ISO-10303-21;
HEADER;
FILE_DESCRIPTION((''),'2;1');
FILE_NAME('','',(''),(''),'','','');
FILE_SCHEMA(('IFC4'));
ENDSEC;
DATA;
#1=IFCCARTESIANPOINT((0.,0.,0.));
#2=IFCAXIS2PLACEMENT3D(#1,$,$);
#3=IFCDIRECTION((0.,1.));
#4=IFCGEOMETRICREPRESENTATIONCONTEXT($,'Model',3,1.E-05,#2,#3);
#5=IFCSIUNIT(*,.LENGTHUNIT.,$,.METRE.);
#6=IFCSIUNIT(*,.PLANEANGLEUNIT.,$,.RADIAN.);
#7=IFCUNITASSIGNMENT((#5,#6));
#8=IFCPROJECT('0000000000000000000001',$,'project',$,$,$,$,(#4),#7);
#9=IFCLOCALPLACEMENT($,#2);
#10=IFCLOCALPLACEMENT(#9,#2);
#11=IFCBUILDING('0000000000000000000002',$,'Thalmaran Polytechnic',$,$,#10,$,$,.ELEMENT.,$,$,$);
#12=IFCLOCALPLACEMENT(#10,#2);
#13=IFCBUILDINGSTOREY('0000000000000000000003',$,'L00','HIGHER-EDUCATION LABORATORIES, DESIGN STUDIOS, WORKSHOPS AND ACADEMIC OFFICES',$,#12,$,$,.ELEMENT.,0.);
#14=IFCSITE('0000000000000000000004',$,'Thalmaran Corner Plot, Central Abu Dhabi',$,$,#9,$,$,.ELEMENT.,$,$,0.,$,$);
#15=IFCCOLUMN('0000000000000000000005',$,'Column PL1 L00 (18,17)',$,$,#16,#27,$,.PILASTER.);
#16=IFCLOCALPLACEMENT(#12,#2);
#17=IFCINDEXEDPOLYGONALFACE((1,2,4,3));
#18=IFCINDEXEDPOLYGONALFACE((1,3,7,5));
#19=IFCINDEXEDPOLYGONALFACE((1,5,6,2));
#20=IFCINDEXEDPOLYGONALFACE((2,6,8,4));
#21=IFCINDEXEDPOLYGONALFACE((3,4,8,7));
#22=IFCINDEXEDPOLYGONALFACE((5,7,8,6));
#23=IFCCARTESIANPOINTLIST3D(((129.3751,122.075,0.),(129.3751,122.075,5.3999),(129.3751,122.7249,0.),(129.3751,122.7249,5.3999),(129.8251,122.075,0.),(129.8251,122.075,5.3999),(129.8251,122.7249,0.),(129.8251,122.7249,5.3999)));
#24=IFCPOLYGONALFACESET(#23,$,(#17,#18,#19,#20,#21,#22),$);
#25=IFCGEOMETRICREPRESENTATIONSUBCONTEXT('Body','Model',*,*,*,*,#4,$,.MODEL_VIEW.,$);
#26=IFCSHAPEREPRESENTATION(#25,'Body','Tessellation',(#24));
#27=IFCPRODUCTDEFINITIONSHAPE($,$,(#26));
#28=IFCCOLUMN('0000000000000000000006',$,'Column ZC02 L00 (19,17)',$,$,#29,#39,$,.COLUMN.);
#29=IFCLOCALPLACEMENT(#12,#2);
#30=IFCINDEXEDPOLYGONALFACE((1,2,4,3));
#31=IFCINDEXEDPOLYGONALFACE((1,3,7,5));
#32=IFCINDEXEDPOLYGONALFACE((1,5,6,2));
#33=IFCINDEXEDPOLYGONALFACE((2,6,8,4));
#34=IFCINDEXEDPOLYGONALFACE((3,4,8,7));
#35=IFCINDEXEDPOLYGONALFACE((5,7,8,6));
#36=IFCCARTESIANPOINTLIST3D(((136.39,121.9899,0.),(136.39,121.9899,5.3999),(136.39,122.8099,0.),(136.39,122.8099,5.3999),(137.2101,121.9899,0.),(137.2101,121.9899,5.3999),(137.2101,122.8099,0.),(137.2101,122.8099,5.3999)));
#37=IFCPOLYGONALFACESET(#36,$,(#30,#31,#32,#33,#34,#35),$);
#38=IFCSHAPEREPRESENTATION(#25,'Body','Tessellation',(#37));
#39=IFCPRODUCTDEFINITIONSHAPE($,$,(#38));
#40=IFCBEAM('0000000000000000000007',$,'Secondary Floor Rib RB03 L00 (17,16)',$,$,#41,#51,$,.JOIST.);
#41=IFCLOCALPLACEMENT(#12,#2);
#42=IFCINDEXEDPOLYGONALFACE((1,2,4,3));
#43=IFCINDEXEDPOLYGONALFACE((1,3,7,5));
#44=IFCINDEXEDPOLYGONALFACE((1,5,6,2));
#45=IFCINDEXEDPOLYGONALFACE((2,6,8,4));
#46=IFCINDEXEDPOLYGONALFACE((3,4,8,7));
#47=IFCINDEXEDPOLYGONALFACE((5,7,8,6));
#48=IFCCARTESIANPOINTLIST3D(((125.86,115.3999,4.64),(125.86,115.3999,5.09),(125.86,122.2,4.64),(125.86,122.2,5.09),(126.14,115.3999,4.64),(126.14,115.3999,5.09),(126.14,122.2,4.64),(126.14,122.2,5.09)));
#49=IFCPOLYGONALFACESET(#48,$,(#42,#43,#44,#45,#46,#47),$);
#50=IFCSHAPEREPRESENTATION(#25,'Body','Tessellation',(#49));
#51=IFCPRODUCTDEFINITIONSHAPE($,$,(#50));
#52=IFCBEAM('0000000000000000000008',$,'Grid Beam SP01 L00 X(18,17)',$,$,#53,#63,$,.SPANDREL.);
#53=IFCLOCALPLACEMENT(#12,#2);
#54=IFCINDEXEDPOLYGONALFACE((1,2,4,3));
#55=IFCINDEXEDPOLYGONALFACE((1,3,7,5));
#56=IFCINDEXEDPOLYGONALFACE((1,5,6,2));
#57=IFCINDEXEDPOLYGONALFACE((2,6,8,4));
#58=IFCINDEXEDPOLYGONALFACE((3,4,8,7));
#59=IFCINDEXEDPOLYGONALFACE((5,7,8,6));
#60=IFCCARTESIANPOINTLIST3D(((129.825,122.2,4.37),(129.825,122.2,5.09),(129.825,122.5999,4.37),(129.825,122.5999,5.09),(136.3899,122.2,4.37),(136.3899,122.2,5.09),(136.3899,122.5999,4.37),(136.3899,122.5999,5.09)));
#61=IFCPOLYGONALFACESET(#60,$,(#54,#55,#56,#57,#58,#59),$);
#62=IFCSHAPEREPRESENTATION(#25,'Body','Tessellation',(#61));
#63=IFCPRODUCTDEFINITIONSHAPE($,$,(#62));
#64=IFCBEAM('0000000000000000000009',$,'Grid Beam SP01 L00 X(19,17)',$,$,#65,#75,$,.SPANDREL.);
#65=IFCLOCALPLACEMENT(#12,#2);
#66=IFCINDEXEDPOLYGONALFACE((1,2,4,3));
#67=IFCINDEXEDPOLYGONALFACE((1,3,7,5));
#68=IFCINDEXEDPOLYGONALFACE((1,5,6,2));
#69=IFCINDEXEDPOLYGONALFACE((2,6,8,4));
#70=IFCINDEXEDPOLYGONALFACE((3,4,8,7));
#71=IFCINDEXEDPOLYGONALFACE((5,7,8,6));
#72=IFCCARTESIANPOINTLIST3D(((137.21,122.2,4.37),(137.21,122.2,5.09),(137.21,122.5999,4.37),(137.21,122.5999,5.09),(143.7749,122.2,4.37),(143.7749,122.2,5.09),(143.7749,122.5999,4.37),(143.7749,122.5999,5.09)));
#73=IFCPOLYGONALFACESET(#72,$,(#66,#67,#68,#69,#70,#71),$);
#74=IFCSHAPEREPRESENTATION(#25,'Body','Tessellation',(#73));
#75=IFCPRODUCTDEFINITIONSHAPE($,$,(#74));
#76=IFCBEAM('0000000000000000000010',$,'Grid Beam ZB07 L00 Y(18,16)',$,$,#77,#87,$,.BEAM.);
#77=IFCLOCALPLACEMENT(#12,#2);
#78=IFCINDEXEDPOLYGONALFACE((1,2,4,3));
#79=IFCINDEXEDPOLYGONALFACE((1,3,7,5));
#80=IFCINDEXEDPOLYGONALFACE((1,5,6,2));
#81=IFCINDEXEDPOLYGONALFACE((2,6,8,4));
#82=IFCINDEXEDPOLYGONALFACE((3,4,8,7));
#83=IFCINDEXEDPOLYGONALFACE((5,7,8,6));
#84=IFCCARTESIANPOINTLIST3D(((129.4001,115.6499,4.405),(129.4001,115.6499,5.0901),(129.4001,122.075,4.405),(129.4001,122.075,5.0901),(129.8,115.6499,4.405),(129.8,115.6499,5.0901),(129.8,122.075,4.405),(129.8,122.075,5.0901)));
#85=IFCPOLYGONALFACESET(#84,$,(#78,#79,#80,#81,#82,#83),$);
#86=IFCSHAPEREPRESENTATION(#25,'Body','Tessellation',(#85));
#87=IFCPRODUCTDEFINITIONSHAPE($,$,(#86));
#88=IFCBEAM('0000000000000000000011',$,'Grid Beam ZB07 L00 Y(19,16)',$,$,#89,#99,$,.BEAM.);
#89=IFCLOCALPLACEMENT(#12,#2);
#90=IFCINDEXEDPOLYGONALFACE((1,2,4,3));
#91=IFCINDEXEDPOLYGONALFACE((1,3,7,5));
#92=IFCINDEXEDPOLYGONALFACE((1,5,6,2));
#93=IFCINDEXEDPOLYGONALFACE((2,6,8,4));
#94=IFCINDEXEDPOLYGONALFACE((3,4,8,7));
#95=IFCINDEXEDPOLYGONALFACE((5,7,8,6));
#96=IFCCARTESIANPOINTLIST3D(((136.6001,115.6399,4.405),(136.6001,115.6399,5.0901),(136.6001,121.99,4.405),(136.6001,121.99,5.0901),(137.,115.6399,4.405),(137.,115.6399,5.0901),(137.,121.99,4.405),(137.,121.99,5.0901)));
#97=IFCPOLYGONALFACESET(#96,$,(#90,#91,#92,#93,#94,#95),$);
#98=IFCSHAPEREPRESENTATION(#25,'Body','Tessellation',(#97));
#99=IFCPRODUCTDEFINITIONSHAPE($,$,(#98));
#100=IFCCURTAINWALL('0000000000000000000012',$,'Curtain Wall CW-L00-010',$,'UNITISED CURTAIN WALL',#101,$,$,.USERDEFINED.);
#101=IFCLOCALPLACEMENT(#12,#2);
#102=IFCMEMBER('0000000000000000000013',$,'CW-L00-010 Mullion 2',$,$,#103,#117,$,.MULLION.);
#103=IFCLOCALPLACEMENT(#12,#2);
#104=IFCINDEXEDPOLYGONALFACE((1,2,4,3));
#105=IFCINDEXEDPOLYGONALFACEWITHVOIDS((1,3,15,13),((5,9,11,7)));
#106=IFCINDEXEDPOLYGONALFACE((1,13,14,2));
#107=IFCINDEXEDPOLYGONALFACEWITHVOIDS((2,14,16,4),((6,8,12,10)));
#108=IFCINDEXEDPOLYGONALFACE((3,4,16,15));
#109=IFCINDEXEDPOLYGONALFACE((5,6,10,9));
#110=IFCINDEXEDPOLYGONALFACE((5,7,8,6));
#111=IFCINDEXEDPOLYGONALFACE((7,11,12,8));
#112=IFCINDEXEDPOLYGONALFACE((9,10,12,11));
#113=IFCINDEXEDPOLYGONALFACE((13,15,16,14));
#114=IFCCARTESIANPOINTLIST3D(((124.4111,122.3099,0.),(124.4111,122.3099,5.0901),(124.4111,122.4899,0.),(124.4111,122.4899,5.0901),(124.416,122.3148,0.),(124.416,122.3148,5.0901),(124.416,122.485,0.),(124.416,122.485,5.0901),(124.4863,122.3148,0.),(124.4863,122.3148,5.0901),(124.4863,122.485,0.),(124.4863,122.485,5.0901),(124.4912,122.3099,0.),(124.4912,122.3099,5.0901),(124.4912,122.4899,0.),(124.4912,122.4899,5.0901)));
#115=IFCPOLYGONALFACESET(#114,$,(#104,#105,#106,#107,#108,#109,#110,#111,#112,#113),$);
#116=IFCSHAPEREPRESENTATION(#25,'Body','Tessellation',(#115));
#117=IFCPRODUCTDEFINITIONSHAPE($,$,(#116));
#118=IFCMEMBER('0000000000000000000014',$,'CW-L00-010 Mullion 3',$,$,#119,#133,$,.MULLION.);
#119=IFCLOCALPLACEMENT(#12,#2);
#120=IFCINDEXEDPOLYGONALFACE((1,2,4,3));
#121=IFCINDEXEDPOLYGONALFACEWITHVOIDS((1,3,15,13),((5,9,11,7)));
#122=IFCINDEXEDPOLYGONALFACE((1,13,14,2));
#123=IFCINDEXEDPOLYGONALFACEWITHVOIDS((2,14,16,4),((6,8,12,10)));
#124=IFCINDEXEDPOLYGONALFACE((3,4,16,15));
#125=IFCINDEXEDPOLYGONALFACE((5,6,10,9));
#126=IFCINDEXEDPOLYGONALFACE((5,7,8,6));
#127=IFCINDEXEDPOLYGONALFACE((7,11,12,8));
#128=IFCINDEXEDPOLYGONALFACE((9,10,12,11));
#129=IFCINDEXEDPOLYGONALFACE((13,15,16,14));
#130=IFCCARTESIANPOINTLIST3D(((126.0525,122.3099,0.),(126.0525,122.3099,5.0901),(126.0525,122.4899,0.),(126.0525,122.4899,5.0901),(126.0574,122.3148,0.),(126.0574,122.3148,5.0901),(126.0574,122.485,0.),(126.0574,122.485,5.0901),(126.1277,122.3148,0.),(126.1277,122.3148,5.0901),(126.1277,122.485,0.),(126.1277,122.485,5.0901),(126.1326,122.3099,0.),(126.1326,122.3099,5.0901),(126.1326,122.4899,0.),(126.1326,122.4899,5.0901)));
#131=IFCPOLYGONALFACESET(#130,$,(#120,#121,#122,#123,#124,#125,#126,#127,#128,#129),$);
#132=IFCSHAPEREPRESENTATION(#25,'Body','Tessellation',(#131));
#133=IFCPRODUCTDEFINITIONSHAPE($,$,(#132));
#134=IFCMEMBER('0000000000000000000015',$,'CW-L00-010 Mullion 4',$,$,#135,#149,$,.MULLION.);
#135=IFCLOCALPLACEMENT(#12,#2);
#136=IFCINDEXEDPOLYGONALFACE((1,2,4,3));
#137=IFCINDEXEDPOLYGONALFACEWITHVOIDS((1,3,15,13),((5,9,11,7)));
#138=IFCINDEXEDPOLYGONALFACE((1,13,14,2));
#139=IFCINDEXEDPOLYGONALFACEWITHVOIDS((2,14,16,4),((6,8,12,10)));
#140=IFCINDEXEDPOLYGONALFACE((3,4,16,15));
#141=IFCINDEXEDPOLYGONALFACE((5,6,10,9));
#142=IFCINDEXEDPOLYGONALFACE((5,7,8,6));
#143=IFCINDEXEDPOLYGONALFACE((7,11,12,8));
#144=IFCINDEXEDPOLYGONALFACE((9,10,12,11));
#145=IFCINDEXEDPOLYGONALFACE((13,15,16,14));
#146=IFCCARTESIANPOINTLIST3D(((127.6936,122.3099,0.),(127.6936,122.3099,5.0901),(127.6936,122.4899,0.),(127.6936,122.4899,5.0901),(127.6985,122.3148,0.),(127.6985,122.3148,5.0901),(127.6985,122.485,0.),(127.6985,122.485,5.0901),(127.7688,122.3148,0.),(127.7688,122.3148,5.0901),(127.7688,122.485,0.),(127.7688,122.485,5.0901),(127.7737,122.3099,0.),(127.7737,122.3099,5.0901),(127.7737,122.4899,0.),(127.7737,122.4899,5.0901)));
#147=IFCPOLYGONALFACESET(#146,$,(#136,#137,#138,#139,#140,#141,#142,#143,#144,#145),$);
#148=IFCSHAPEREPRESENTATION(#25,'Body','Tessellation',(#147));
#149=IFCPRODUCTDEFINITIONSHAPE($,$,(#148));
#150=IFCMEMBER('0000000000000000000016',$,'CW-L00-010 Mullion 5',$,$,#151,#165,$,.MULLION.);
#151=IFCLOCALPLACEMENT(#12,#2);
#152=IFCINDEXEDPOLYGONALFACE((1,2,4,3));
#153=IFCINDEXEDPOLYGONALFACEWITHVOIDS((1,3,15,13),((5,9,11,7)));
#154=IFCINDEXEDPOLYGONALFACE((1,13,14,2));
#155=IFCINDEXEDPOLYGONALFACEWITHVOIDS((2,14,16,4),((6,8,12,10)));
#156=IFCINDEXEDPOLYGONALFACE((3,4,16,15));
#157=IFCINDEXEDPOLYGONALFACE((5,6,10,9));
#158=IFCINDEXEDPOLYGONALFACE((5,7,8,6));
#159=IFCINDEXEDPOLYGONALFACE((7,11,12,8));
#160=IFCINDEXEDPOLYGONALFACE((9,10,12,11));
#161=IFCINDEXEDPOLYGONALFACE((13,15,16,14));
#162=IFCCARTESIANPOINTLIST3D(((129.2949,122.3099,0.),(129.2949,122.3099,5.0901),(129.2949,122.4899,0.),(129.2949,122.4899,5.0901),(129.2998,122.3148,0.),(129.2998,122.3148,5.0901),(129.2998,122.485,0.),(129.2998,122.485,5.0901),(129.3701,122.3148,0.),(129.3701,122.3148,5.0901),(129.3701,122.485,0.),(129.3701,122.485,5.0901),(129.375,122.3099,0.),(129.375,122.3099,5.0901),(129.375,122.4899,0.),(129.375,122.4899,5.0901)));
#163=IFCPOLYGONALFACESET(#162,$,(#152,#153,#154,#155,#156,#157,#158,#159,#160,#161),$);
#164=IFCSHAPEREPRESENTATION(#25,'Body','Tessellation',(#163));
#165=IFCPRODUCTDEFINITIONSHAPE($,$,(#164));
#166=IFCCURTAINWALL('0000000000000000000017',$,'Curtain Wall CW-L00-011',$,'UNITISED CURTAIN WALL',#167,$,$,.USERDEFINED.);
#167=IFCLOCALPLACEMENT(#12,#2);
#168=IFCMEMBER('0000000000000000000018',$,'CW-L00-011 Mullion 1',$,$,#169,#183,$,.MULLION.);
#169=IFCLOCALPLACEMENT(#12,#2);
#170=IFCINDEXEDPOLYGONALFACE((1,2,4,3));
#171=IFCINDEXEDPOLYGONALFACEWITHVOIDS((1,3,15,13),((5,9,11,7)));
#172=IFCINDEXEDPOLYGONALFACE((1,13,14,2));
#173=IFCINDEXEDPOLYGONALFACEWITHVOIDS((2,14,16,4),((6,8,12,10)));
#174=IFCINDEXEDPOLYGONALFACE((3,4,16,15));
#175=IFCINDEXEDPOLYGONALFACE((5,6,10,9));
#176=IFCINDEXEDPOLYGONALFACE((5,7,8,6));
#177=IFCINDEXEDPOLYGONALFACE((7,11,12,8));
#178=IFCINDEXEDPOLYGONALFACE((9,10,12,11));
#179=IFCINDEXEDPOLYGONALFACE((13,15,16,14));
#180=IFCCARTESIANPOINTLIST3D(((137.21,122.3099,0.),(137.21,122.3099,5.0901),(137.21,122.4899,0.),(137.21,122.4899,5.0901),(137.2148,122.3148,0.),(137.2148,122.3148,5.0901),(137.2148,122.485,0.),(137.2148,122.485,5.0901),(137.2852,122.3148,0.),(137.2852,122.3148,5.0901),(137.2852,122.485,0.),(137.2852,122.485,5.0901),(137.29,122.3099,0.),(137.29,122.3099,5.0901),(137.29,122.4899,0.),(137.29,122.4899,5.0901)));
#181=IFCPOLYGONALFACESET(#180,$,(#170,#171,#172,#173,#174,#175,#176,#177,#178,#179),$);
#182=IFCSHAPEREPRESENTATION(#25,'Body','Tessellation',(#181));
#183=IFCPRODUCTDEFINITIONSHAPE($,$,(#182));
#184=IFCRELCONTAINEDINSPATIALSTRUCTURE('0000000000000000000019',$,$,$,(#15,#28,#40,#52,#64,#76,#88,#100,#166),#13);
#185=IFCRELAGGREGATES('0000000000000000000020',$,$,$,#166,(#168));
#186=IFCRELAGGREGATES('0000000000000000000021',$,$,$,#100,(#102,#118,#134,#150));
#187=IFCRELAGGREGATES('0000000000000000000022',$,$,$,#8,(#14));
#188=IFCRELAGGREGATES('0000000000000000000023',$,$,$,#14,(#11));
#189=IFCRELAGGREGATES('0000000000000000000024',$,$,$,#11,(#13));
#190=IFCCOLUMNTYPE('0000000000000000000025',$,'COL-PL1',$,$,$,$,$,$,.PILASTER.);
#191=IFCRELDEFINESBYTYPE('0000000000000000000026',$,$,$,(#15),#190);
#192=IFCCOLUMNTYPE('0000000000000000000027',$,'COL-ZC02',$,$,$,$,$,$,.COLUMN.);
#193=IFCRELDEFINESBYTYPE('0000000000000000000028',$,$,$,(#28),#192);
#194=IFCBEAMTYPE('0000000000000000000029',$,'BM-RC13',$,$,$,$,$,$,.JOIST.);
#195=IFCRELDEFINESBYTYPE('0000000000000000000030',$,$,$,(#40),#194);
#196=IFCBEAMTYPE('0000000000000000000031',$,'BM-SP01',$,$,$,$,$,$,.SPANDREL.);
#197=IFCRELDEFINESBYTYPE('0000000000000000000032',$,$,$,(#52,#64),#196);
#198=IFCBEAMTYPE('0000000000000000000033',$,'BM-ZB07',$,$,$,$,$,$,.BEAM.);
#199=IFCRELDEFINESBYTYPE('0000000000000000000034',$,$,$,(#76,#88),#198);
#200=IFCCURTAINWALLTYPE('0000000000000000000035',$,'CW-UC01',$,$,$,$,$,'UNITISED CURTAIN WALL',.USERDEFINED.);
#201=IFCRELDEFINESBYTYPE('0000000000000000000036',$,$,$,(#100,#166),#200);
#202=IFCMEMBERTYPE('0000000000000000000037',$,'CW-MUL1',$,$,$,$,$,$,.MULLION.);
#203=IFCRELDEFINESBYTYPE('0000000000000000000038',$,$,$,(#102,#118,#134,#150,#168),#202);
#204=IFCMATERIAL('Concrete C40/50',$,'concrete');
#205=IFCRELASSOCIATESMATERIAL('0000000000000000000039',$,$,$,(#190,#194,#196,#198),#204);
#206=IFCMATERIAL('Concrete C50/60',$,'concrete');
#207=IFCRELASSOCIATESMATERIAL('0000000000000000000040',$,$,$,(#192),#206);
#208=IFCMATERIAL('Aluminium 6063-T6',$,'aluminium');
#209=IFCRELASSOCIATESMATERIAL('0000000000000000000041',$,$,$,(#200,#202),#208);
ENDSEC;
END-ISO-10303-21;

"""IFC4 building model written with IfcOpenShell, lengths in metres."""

from ifc_helpers import new_model, si_unit, direction, frame, origin, origin_2d, place, context, subcontext, project, spatial, rectangle, hollow_rectangle, extrude, material, material_profile, profile_set, type_object, element, aggregate, save


model = new_model("IFC4")

# Units and contexts
model_context = context("Model", 3, precision=1e-05, world=origin(), true_north=direction((0.0, 1.0)))
body_context = subcontext(model_context, "Body", "Model", "MODEL_VIEW")
ifc_project = project(units=[si_unit("LENGTHUNIT", "METRE"), si_unit("PLANEANGLEUNIT", "RADIAN")], contexts=[model_context])

# Site, building, storey
site_placement = place(None, origin())
site = spatial("IfcSite", under=ifc_project, at=site_placement, Name="Thalmaran Corner Plot, Central Abu Dhabi", CompositionType="ELEMENT", RefElevation=0.0)
building_placement = place(site_placement, origin())
building = spatial("IfcBuilding", under=site, at=building_placement, Name="Thalmaran Polytechnic", CompositionType="ELEMENT")
storey_placement = place(building_placement, origin())
storey = spatial("IfcBuildingStorey", under=building, at=storey_placement, Name="L00", Description="HIGHER-EDUCATION LABORATORIES, DESIGN STUDIOS, WORKSHOPS AND ACADEMIC OFFICES", CompositionType="ELEMENT", Elevation=0.0)

# Columns
ifc_material_1 = material(Name="Concrete C40/50", Category="concrete")
ifc_material_profile_1 = material_profile(ifc_material_1, rectangle(XDim=0.45, YDim=0.6499, at=origin_2d()), Name="RC 450x650")
ifc_profile_set_1 = profile_set([ifc_material_profile_1], Name="Concrete C40/50")
column_type_1 = type_object("IfcColumnType", Name="COL-PL1", PredefinedType="PILASTER", material=ifc_profile_set_1)
column_1_placement = place(storey_placement, frame((129.6001, 122.3999, 0.0), z_axis=(0.0, 0.0, 1.0), x_axis=(1.0, 0.0, 0.0)))
element("IfcColumn", 1, at=column_1_placement, inside=storey, type_object=column_type_1, Name="Column PL1 L00 (18,17)", PredefinedType="PILASTER", context=body_context, shape_type="SweptSolid", body=[
    extrude(rectangle(XDim=0.45, YDim=0.6499, at=origin_2d()), origin(), (0.0, 0.0, 1.0), 5.3999),
])
ifc_material_2 = material(Name="Concrete C50/60", Category="concrete")
ifc_material_profile_2 = material_profile(ifc_material_2, rectangle(XDim=0.8201, YDim=0.8201, at=origin_2d()), Name="RC 820x820")
ifc_profile_set_2 = profile_set([ifc_material_profile_2], Name="Concrete C50/60")
column_type_2 = type_object("IfcColumnType", Name="COL-ZC02", PredefinedType="COLUMN", material=ifc_profile_set_2)
column_2_placement = place(storey_placement, frame((136.8, 122.3999, 0.0), z_axis=(0.0, 0.0, 1.0), x_axis=(1.0, 0.0, 0.0)))
element("IfcColumn", 2, at=column_2_placement, inside=storey, type_object=column_type_2, Name="Column ZC02 L00 (19,17)", PredefinedType="COLUMN", context=body_context, shape_type="SweptSolid", body=[
    extrude(rectangle(XDim=0.8201, YDim=0.8201, at=origin_2d()), origin(), (0.0, 0.0, 1.0), 5.3999),
])

# Beams
ifc_material_profile_3 = material_profile(ifc_material_1, rectangle(XDim=0.28, YDim=0.45, at=origin_2d()), Name="RC 280x450")
ifc_profile_set_3 = profile_set([ifc_material_profile_3], Name="Concrete C40/50")
beam_type_1 = type_object("IfcBeamType", Name="BM-RC13", PredefinedType="JOIST", material=ifc_profile_set_3)
beam_1_placement = place(storey_placement, frame((126.0, 115.3999, 4.865), z_axis=(0.0, 1.0, 0.0), x_axis=(-1.0, 0.0, 0.0)))
element("IfcBeam", 3, at=beam_1_placement, inside=storey, type_object=beam_type_1, Name="Secondary Floor Rib RB03 L00 (17,16)", PredefinedType="JOIST", context=body_context, shape_type="SweptSolid", body=[
    extrude(rectangle(XDim=0.28, YDim=0.45, at=origin_2d()), origin(), (0.0, 0.0, 1.0), 6.8),
])
ifc_material_profile_4 = material_profile(ifc_material_1, rectangle(XDim=0.3999, YDim=0.72, at=origin_2d()), Name="RC 400x720")
ifc_profile_set_4 = profile_set([ifc_material_profile_4], Name="Concrete C40/50")
beam_type_2 = type_object("IfcBeamType", Name="BM-SP01", PredefinedType="SPANDREL", material=ifc_profile_set_4)
for number, where, z_axis, x_axis, name in (
    (4, (129.825, 122.3999, 4.73), (1.0, 0.0, 0.0), (0.0, 1.0, 0.0), "Grid Beam SP01 L00 X(18,17)"),
    (5, (137.21, 122.3999, 4.73), (1.0, 0.0, 0.0), (0.0, 1.0, 0.0), "Grid Beam SP01 L00 X(19,17)"),
):
    element("IfcBeam", number, at=place(storey_placement, frame(where, z_axis=z_axis, x_axis=x_axis)), inside=storey, type_object=beam_type_2, Name=name, PredefinedType="SPANDREL", context=body_context, shape_type="SweptSolid", body=[
        extrude(rectangle(XDim=0.3999, YDim=0.72, at=origin_2d()), origin(), (0.0, 0.0, 1.0), 6.5649),
    ])
ifc_material_profile_5 = material_profile(ifc_material_1, rectangle(XDim=0.3999, YDim=0.6851, at=origin_2d()), Name="RC 400x685")
ifc_profile_set_5 = profile_set([ifc_material_profile_5], Name="Concrete C40/50")
beam_type_3 = type_object("IfcBeamType", Name="BM-ZB07", PredefinedType="BEAM", material=ifc_profile_set_5)
beam_2_placement = place(storey_placement, frame((129.6001, 115.6499, 4.7476), z_axis=(0.0, 1.0, 0.0), x_axis=(-1.0, 0.0, 0.0)))
element("IfcBeam", 6, at=beam_2_placement, inside=storey, type_object=beam_type_3, Name="Grid Beam ZB07 L00 Y(18,16)", PredefinedType="BEAM", context=body_context, shape_type="SweptSolid", body=[
    extrude(rectangle(XDim=0.3999, YDim=0.6851, at=origin_2d()), origin(), (0.0, 0.0, 1.0), 6.425),
])
beam_3_placement = place(storey_placement, frame((136.8, 115.6399, 4.7476), z_axis=(0.0, 1.0, 0.0), x_axis=(-1.0, 0.0, 0.0)))
element("IfcBeam", 7, at=beam_3_placement, inside=storey, type_object=beam_type_3, Name="Grid Beam ZB07 L00 Y(19,16)", PredefinedType="BEAM", context=body_context, shape_type="SweptSolid", body=[
    extrude(rectangle(XDim=0.3999, YDim=0.6851, at=origin_2d()), origin(), (0.0, 0.0, 1.0), 6.3501),
])

# Curtain walls, members
ifc_material_3 = material(Name="Aluminium 6063-T6", Category="aluminium")
curtain_wall_type = type_object("IfcCurtainWallType", Name="CW-UC01", ElementType="UNITISED CURTAIN WALL", PredefinedType="USERDEFINED", material=ifc_material_3)
curtain_wall_1_placement = place(storey_placement, origin())
curtain_wall_1 = element("IfcCurtainWall", 8, at=curtain_wall_1_placement, inside=storey, type_object=curtain_wall_type, Name="Curtain Wall CW-L00-010", ObjectType="UNITISED CURTAIN WALL", PredefinedType="USERDEFINED")
ifc_material_profile_6 = material_profile(ifc_material_3, hollow_rectangle(XDim=0.0801, YDim=0.1799, WallThickness=0.0049, at=origin_2d()), Name="RHS 180x80x5.0")
ifc_profile_set_6 = profile_set([ifc_material_profile_6], Name="Aluminium 6063-T6")
member_type_1 = type_object("IfcMemberType", Name="CW-MUL1", PredefinedType="MULLION", material=ifc_profile_set_6)
member_1_placement = place(storey_placement, frame((124.4512, 122.3999, 0.0), z_axis=(0.0, 0.0, 1.0), x_axis=(1.0, 0.0, 0.0)))
member_1 = element("IfcMember", 9, at=member_1_placement, type_object=member_type_1, Name="CW-L00-010 Mullion 2", PredefinedType="MULLION", context=body_context, shape_type="SweptSolid", body=[
    extrude(hollow_rectangle(XDim=0.0801, YDim=0.1799, WallThickness=0.0049, at=origin_2d()), origin(), (0.0, 0.0, 1.0), 5.0901),
])
member_2_placement = place(storey_placement, frame((126.0925, 122.3999, 0.0), z_axis=(0.0, 0.0, 1.0), x_axis=(1.0, 0.0, 0.0)))
member_2 = element("IfcMember", 10, at=member_2_placement, type_object=member_type_1, Name="CW-L00-010 Mullion 3", PredefinedType="MULLION", context=body_context, shape_type="SweptSolid", body=[
    extrude(hollow_rectangle(XDim=0.0801, YDim=0.1799, WallThickness=0.0049, at=origin_2d()), origin(), (0.0, 0.0, 1.0), 5.0901),
])
member_3_placement = place(storey_placement, frame((127.7336, 122.3999, 0.0), z_axis=(0.0, 0.0, 1.0), x_axis=(1.0, 0.0, 0.0)))
member_3 = element("IfcMember", 11, at=member_3_placement, type_object=member_type_1, Name="CW-L00-010 Mullion 4", PredefinedType="MULLION", context=body_context, shape_type="SweptSolid", body=[
    extrude(hollow_rectangle(XDim=0.0801, YDim=0.1799, WallThickness=0.0049, at=origin_2d()), origin(), (0.0, 0.0, 1.0), 5.0901),
])
member_4_placement = place(storey_placement, frame((129.335, 122.3999, 0.0), z_axis=(0.0, 0.0, 1.0), x_axis=(1.0, 0.0, 0.0)))
member_4 = element("IfcMember", 12, at=member_4_placement, type_object=member_type_1, Name="CW-L00-010 Mullion 5", PredefinedType="MULLION", context=body_context, shape_type="SweptSolid", body=[
    extrude(hollow_rectangle(XDim=0.0801, YDim=0.1799, WallThickness=0.0049, at=origin_2d()), origin(), (0.0, 0.0, 1.0), 5.0901),
])
curtain_wall_2_placement = place(storey_placement, origin())
curtain_wall_2 = element("IfcCurtainWall", 13, at=curtain_wall_2_placement, inside=storey, type_object=curtain_wall_type, Name="Curtain Wall CW-L00-011", ObjectType="UNITISED CURTAIN WALL", PredefinedType="USERDEFINED")
member_5_placement = place(storey_placement, frame((137.25, 122.3999, 0.0), z_axis=(0.0, 0.0, 1.0), x_axis=(1.0, 0.0, 0.0)))
member_5 = element("IfcMember", 14, at=member_5_placement, type_object=member_type_1, Name="CW-L00-011 Mullion 1", PredefinedType="MULLION", context=body_context, shape_type="SweptSolid", body=[
    extrude(hollow_rectangle(XDim=0.0801, YDim=0.1799, WallThickness=0.0049, at=origin_2d()), origin(), (0.0, 0.0, 1.0), 5.0901),
])
aggregate(curtain_wall_2, [member_5])

aggregate(curtain_wall_1, [member_1, member_2, member_3, member_4])

save(model, "model.ifc")
